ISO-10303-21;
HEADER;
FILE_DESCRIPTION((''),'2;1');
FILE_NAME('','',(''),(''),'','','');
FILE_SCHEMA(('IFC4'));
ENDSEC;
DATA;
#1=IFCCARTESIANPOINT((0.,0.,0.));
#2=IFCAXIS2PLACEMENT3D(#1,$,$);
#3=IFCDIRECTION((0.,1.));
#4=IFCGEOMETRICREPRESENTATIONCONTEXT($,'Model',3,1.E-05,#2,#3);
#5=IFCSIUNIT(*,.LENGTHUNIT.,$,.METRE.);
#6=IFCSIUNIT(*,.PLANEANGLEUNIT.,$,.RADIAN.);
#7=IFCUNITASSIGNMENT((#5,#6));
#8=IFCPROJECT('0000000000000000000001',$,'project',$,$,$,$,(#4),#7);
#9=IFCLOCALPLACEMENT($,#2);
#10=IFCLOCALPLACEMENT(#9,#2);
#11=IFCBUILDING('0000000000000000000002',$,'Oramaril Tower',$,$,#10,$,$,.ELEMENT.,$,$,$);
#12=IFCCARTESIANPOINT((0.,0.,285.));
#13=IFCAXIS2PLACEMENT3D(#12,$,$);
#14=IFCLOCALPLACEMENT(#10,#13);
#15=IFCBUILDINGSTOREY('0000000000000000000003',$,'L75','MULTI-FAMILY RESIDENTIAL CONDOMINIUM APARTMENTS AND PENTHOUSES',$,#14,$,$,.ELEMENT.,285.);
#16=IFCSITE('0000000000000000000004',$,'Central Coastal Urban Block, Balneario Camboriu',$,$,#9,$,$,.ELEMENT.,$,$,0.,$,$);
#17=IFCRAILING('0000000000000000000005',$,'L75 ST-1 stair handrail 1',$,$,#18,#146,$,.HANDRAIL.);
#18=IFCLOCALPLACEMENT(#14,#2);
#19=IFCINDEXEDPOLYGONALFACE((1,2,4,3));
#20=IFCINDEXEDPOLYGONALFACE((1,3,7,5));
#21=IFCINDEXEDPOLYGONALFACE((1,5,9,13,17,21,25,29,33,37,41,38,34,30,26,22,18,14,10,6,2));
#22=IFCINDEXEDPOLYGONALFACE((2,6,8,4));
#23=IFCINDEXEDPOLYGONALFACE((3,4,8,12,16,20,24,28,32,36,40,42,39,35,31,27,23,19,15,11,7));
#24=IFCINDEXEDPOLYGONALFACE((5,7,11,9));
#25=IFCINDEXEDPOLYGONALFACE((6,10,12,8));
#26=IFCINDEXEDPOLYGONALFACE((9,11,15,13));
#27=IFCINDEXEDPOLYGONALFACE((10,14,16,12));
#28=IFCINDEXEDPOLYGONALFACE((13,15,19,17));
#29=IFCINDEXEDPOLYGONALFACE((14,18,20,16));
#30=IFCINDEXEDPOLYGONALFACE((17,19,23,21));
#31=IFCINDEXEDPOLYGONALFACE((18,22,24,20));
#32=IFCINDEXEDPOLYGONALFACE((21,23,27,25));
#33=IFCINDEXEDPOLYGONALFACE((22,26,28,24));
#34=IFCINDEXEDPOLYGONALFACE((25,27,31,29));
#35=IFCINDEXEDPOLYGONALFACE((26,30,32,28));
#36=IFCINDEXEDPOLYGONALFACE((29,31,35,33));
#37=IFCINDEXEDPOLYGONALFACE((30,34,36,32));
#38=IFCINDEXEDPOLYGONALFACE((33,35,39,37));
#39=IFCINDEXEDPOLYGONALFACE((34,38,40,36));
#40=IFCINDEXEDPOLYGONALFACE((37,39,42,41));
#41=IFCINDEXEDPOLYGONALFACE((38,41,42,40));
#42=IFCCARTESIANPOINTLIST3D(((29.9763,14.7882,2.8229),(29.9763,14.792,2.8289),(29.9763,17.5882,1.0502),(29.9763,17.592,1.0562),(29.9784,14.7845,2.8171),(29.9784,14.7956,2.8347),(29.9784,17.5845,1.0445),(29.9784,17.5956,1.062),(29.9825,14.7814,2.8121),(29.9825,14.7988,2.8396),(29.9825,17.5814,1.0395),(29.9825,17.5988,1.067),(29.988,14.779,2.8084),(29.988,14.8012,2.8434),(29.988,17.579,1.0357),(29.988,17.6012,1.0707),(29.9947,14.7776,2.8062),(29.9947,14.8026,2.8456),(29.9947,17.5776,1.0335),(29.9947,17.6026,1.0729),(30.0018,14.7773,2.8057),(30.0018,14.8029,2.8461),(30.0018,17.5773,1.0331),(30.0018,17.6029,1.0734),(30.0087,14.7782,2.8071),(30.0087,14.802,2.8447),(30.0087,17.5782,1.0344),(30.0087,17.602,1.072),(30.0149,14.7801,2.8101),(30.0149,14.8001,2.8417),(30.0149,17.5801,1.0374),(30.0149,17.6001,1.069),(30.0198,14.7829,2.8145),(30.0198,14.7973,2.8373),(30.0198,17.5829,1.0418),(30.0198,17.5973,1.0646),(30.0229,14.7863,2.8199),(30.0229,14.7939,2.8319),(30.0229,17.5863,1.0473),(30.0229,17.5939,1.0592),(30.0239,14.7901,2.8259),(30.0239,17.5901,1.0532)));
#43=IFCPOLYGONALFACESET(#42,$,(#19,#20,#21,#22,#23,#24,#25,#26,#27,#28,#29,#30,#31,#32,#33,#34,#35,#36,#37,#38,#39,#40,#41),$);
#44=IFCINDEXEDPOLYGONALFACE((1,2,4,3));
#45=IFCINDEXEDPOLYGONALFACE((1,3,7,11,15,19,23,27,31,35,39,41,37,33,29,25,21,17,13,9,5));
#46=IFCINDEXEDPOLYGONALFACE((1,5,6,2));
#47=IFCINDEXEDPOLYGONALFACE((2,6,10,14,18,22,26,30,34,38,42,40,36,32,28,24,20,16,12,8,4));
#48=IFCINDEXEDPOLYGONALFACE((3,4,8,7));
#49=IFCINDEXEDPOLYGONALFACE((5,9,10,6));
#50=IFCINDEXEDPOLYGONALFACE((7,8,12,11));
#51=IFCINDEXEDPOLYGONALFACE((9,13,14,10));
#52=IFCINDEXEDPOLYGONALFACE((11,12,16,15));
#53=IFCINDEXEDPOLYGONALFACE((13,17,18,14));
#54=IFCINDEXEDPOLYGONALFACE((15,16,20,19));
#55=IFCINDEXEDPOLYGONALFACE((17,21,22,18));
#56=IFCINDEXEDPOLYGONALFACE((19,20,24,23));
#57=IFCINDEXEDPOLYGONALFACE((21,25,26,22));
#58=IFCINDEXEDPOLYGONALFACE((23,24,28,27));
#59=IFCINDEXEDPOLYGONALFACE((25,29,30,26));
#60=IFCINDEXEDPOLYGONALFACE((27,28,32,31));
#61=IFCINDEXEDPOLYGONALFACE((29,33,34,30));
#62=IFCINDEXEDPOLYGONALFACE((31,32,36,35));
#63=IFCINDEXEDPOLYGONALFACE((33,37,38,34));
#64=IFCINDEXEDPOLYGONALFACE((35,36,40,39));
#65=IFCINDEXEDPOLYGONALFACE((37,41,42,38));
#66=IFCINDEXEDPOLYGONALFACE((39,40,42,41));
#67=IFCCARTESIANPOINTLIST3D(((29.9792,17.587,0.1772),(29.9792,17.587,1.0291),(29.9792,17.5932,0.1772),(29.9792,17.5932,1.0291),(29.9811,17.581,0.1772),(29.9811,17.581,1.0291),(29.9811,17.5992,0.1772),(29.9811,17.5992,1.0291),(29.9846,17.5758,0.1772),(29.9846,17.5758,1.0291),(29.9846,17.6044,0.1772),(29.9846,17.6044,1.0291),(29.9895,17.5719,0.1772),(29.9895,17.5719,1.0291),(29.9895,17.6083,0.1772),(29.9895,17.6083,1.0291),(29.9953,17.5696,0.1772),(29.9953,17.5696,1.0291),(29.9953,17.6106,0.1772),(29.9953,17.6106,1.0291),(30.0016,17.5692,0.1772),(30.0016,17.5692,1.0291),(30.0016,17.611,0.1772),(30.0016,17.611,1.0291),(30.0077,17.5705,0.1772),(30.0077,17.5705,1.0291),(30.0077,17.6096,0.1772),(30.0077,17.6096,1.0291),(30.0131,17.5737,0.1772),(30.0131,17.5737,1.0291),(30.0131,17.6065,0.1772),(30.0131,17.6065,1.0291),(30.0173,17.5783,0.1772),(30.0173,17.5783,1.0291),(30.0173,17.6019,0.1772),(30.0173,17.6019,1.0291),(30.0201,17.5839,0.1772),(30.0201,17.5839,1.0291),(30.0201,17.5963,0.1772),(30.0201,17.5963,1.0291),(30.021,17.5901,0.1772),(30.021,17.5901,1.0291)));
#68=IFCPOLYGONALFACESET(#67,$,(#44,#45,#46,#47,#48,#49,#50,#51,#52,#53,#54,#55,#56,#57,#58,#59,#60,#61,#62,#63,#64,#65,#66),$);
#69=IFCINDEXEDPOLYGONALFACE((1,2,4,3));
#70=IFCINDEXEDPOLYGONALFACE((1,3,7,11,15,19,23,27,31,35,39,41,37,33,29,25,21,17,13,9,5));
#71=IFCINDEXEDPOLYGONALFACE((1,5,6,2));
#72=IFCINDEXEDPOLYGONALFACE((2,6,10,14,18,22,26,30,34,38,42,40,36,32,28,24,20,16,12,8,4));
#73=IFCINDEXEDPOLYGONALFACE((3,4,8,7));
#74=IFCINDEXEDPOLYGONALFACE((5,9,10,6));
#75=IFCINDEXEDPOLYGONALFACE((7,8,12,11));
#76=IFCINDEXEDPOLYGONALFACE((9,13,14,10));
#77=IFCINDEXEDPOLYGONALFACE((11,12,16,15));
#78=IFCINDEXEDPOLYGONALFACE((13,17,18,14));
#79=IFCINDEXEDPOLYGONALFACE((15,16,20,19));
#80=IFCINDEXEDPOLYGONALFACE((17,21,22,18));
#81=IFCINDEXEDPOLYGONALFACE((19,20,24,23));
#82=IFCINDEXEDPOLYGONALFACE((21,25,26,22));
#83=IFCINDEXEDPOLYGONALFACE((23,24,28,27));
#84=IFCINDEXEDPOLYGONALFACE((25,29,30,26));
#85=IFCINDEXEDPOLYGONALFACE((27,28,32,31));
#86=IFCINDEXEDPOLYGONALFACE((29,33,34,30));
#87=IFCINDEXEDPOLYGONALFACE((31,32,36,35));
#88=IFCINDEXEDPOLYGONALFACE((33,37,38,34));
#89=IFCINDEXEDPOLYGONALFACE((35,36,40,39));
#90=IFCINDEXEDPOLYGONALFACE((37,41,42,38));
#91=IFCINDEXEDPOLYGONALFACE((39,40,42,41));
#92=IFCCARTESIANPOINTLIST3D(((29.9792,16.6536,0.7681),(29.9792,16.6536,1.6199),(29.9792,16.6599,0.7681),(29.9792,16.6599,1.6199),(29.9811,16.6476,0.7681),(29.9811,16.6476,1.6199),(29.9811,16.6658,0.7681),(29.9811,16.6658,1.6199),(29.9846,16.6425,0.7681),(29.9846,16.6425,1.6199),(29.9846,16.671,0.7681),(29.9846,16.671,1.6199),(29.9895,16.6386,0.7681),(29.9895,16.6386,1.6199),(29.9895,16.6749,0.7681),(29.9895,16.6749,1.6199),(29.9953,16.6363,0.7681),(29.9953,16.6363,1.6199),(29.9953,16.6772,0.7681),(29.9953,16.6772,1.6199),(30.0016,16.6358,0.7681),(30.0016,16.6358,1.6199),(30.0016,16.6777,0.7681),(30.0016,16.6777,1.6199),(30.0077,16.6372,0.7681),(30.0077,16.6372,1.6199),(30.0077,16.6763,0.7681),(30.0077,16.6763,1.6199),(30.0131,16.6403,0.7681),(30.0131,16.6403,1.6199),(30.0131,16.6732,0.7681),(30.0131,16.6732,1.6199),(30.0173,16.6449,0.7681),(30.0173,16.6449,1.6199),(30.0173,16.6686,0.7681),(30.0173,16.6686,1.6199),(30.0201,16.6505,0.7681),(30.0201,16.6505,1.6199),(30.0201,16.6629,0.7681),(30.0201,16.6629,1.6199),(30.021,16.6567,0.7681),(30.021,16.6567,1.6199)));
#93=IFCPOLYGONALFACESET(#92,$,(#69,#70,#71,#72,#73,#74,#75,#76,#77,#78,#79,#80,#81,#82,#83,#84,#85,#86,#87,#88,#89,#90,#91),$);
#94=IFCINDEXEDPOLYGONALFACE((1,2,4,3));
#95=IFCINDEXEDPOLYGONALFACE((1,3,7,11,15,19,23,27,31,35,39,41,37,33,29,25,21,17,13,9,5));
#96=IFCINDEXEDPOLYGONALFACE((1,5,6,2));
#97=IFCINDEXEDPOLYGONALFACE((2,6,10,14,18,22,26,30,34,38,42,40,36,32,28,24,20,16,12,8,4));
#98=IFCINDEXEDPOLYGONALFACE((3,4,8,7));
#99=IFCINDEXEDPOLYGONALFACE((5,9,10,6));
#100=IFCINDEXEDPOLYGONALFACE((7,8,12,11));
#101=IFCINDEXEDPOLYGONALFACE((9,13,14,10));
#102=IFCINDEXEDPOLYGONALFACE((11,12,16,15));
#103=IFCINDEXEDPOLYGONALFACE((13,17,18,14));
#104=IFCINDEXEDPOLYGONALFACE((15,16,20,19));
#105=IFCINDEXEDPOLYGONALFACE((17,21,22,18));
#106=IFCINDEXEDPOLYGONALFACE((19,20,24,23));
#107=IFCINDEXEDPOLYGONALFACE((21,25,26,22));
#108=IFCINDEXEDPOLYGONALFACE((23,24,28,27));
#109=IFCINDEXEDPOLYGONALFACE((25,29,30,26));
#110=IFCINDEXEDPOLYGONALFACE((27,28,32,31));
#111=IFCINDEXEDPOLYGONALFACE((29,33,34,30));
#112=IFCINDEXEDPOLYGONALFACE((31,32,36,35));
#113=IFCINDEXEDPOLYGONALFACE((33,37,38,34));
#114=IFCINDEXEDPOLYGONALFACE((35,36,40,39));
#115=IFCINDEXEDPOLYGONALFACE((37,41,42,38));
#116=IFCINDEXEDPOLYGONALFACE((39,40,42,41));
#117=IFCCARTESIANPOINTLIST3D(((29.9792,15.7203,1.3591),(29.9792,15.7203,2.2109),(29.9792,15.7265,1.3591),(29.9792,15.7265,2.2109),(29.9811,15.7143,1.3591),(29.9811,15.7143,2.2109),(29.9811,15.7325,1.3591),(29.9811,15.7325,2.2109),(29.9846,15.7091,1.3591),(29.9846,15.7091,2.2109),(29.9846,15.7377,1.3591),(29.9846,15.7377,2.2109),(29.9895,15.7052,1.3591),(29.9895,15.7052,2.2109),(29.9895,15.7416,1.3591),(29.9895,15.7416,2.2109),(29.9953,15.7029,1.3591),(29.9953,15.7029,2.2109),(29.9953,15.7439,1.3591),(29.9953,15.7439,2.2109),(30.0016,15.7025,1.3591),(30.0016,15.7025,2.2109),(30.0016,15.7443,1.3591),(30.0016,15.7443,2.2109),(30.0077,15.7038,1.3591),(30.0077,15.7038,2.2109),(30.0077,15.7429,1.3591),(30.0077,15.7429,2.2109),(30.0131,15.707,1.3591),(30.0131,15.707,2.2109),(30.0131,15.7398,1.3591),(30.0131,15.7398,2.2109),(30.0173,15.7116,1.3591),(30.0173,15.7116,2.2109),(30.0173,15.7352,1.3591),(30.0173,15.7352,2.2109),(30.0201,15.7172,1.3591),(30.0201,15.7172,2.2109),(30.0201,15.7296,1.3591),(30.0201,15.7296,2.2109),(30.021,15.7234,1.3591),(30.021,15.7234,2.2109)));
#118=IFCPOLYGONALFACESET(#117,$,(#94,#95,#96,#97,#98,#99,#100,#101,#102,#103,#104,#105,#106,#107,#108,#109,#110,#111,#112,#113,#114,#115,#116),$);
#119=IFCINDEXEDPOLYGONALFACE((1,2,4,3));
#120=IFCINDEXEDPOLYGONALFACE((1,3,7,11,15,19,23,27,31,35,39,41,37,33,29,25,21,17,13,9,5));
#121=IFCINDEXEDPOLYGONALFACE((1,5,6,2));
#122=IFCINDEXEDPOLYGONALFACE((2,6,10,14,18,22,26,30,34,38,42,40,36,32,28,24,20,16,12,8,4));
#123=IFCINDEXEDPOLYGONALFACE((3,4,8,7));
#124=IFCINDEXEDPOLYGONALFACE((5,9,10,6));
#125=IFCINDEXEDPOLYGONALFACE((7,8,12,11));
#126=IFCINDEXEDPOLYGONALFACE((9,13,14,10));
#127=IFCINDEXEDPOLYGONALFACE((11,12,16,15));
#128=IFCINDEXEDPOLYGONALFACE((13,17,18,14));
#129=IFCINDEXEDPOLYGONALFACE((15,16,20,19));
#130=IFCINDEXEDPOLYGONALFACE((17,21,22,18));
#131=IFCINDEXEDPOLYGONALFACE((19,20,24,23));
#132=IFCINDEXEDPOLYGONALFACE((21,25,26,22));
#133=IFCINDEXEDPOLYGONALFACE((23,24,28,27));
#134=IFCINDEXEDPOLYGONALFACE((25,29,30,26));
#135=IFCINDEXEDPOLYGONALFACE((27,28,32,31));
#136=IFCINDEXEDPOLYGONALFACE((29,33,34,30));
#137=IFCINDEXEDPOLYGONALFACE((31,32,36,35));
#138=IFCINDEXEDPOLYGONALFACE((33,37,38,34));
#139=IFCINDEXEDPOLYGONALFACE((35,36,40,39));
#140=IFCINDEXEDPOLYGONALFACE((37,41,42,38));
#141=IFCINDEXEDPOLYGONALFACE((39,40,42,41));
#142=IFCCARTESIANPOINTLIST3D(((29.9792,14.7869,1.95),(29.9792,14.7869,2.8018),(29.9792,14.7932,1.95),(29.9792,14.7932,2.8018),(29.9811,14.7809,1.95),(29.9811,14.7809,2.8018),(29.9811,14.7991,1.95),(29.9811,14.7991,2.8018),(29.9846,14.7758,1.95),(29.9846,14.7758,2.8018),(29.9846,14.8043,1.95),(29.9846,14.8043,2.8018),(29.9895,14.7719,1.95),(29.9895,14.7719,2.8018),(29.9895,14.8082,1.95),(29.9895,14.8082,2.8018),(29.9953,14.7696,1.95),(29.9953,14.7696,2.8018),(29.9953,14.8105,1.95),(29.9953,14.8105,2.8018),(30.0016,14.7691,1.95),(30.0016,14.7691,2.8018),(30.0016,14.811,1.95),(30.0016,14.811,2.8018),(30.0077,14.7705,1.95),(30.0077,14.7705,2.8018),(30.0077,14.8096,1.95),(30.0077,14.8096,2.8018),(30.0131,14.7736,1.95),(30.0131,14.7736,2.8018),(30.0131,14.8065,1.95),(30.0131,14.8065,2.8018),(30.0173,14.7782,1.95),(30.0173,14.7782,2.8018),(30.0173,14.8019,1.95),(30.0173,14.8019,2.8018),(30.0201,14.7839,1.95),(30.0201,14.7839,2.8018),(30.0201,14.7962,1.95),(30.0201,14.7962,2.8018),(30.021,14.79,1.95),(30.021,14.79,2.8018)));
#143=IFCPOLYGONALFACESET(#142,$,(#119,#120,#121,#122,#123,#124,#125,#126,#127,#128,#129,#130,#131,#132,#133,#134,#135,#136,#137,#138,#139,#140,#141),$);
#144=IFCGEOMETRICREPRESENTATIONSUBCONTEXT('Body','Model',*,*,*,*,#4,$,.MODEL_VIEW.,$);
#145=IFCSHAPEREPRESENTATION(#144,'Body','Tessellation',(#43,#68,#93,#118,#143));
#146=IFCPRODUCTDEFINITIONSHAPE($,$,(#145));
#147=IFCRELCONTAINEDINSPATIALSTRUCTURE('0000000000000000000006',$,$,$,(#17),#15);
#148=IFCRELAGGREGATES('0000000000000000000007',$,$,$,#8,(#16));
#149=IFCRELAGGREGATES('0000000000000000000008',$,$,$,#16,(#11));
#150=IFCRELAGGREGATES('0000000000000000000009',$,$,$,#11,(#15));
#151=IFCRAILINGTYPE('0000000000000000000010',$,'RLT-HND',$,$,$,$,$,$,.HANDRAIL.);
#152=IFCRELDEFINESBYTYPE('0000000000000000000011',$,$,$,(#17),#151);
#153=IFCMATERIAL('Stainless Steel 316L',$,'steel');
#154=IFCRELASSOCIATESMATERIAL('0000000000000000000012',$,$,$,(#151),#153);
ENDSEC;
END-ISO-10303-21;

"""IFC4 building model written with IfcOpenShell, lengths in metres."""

from ifc_helpers import new_model, si_unit, direction, frame, origin, origin_2d, place, context, subcontext, project, spatial, circle, extrude, material, type_object, element, save


model = new_model("IFC4")

# Units and contexts
model_context = context("Model", 3, precision=1e-05, world=origin(), true_north=direction((0.0, 1.0)))
body_context = subcontext(model_context, "Body", "Model", "MODEL_VIEW")
ifc_project = project(units=[si_unit("LENGTHUNIT", "METRE"), si_unit("PLANEANGLEUNIT", "RADIAN")], contexts=[model_context])

# Site, building, storey
site_placement = place(None, origin())
site = spatial("IfcSite", under=ifc_project, at=site_placement, Name="Central Coastal Urban Block, Balneario Camboriu", CompositionType="ELEMENT", RefElevation=0.0)
building_placement = place(site_placement, origin())
building = spatial("IfcBuilding", under=site, at=building_placement, Name="Oramaril Tower", CompositionType="ELEMENT")
storey_placement = place(building_placement, frame((0.0, 0.0, 285.0)))
storey = spatial("IfcBuildingStorey", under=building, at=storey_placement, Name="L75", Description="MULTI-FAMILY RESIDENTIAL CONDOMINIUM APARTMENTS AND PENTHOUSES", CompositionType="ELEMENT", Elevation=285.0)

# Railing
ifc_material_1 = material(Name="Stainless Steel 316L", Category="steel")
railing_type_1 = type_object("IfcRailingType", Name="RLT-HND", PredefinedType="HANDRAIL", material=ifc_material_1)
railing_1_placement = place(storey_placement, frame((30.0, 17.5901, 0.1772)))
element("IfcRailing", 1, at=railing_1_placement, inside=storey, type_object=railing_type_1, Name="L75 ST-1 stair handrail 1", PredefinedType="HANDRAIL", context=body_context, shape_type="SweptSolid", body=[
    extrude(circle(Radius=0.0239, at=origin_2d()), frame((0.0, 0.0, 0.876), z_axis=(0.0, -0.844909, 0.53491), x_axis=(1.0, 0.0, 0.0)), (0.0, 0.0, 1.0), 3.314),
    extrude(circle(Radius=0.021, at=origin_2d()), origin(), (0.0, 0.0, 1.0), 0.8518),
    extrude(circle(Radius=0.021, at=origin_2d()), frame((0.0, -0.9333, 0.5908)), (0.0, 0.0, 1.0), 0.8518),
    extrude(circle(Radius=0.021, at=origin_2d()), frame((0.0, -1.8667, 1.1819)), (0.0, 0.0, 1.0), 0.8518),
    extrude(circle(Radius=0.021, at=origin_2d()), frame((0.0, -2.8, 1.7727)), (0.0, 0.0, 1.0), 0.8518),
])

save(model, "model.ifc")
